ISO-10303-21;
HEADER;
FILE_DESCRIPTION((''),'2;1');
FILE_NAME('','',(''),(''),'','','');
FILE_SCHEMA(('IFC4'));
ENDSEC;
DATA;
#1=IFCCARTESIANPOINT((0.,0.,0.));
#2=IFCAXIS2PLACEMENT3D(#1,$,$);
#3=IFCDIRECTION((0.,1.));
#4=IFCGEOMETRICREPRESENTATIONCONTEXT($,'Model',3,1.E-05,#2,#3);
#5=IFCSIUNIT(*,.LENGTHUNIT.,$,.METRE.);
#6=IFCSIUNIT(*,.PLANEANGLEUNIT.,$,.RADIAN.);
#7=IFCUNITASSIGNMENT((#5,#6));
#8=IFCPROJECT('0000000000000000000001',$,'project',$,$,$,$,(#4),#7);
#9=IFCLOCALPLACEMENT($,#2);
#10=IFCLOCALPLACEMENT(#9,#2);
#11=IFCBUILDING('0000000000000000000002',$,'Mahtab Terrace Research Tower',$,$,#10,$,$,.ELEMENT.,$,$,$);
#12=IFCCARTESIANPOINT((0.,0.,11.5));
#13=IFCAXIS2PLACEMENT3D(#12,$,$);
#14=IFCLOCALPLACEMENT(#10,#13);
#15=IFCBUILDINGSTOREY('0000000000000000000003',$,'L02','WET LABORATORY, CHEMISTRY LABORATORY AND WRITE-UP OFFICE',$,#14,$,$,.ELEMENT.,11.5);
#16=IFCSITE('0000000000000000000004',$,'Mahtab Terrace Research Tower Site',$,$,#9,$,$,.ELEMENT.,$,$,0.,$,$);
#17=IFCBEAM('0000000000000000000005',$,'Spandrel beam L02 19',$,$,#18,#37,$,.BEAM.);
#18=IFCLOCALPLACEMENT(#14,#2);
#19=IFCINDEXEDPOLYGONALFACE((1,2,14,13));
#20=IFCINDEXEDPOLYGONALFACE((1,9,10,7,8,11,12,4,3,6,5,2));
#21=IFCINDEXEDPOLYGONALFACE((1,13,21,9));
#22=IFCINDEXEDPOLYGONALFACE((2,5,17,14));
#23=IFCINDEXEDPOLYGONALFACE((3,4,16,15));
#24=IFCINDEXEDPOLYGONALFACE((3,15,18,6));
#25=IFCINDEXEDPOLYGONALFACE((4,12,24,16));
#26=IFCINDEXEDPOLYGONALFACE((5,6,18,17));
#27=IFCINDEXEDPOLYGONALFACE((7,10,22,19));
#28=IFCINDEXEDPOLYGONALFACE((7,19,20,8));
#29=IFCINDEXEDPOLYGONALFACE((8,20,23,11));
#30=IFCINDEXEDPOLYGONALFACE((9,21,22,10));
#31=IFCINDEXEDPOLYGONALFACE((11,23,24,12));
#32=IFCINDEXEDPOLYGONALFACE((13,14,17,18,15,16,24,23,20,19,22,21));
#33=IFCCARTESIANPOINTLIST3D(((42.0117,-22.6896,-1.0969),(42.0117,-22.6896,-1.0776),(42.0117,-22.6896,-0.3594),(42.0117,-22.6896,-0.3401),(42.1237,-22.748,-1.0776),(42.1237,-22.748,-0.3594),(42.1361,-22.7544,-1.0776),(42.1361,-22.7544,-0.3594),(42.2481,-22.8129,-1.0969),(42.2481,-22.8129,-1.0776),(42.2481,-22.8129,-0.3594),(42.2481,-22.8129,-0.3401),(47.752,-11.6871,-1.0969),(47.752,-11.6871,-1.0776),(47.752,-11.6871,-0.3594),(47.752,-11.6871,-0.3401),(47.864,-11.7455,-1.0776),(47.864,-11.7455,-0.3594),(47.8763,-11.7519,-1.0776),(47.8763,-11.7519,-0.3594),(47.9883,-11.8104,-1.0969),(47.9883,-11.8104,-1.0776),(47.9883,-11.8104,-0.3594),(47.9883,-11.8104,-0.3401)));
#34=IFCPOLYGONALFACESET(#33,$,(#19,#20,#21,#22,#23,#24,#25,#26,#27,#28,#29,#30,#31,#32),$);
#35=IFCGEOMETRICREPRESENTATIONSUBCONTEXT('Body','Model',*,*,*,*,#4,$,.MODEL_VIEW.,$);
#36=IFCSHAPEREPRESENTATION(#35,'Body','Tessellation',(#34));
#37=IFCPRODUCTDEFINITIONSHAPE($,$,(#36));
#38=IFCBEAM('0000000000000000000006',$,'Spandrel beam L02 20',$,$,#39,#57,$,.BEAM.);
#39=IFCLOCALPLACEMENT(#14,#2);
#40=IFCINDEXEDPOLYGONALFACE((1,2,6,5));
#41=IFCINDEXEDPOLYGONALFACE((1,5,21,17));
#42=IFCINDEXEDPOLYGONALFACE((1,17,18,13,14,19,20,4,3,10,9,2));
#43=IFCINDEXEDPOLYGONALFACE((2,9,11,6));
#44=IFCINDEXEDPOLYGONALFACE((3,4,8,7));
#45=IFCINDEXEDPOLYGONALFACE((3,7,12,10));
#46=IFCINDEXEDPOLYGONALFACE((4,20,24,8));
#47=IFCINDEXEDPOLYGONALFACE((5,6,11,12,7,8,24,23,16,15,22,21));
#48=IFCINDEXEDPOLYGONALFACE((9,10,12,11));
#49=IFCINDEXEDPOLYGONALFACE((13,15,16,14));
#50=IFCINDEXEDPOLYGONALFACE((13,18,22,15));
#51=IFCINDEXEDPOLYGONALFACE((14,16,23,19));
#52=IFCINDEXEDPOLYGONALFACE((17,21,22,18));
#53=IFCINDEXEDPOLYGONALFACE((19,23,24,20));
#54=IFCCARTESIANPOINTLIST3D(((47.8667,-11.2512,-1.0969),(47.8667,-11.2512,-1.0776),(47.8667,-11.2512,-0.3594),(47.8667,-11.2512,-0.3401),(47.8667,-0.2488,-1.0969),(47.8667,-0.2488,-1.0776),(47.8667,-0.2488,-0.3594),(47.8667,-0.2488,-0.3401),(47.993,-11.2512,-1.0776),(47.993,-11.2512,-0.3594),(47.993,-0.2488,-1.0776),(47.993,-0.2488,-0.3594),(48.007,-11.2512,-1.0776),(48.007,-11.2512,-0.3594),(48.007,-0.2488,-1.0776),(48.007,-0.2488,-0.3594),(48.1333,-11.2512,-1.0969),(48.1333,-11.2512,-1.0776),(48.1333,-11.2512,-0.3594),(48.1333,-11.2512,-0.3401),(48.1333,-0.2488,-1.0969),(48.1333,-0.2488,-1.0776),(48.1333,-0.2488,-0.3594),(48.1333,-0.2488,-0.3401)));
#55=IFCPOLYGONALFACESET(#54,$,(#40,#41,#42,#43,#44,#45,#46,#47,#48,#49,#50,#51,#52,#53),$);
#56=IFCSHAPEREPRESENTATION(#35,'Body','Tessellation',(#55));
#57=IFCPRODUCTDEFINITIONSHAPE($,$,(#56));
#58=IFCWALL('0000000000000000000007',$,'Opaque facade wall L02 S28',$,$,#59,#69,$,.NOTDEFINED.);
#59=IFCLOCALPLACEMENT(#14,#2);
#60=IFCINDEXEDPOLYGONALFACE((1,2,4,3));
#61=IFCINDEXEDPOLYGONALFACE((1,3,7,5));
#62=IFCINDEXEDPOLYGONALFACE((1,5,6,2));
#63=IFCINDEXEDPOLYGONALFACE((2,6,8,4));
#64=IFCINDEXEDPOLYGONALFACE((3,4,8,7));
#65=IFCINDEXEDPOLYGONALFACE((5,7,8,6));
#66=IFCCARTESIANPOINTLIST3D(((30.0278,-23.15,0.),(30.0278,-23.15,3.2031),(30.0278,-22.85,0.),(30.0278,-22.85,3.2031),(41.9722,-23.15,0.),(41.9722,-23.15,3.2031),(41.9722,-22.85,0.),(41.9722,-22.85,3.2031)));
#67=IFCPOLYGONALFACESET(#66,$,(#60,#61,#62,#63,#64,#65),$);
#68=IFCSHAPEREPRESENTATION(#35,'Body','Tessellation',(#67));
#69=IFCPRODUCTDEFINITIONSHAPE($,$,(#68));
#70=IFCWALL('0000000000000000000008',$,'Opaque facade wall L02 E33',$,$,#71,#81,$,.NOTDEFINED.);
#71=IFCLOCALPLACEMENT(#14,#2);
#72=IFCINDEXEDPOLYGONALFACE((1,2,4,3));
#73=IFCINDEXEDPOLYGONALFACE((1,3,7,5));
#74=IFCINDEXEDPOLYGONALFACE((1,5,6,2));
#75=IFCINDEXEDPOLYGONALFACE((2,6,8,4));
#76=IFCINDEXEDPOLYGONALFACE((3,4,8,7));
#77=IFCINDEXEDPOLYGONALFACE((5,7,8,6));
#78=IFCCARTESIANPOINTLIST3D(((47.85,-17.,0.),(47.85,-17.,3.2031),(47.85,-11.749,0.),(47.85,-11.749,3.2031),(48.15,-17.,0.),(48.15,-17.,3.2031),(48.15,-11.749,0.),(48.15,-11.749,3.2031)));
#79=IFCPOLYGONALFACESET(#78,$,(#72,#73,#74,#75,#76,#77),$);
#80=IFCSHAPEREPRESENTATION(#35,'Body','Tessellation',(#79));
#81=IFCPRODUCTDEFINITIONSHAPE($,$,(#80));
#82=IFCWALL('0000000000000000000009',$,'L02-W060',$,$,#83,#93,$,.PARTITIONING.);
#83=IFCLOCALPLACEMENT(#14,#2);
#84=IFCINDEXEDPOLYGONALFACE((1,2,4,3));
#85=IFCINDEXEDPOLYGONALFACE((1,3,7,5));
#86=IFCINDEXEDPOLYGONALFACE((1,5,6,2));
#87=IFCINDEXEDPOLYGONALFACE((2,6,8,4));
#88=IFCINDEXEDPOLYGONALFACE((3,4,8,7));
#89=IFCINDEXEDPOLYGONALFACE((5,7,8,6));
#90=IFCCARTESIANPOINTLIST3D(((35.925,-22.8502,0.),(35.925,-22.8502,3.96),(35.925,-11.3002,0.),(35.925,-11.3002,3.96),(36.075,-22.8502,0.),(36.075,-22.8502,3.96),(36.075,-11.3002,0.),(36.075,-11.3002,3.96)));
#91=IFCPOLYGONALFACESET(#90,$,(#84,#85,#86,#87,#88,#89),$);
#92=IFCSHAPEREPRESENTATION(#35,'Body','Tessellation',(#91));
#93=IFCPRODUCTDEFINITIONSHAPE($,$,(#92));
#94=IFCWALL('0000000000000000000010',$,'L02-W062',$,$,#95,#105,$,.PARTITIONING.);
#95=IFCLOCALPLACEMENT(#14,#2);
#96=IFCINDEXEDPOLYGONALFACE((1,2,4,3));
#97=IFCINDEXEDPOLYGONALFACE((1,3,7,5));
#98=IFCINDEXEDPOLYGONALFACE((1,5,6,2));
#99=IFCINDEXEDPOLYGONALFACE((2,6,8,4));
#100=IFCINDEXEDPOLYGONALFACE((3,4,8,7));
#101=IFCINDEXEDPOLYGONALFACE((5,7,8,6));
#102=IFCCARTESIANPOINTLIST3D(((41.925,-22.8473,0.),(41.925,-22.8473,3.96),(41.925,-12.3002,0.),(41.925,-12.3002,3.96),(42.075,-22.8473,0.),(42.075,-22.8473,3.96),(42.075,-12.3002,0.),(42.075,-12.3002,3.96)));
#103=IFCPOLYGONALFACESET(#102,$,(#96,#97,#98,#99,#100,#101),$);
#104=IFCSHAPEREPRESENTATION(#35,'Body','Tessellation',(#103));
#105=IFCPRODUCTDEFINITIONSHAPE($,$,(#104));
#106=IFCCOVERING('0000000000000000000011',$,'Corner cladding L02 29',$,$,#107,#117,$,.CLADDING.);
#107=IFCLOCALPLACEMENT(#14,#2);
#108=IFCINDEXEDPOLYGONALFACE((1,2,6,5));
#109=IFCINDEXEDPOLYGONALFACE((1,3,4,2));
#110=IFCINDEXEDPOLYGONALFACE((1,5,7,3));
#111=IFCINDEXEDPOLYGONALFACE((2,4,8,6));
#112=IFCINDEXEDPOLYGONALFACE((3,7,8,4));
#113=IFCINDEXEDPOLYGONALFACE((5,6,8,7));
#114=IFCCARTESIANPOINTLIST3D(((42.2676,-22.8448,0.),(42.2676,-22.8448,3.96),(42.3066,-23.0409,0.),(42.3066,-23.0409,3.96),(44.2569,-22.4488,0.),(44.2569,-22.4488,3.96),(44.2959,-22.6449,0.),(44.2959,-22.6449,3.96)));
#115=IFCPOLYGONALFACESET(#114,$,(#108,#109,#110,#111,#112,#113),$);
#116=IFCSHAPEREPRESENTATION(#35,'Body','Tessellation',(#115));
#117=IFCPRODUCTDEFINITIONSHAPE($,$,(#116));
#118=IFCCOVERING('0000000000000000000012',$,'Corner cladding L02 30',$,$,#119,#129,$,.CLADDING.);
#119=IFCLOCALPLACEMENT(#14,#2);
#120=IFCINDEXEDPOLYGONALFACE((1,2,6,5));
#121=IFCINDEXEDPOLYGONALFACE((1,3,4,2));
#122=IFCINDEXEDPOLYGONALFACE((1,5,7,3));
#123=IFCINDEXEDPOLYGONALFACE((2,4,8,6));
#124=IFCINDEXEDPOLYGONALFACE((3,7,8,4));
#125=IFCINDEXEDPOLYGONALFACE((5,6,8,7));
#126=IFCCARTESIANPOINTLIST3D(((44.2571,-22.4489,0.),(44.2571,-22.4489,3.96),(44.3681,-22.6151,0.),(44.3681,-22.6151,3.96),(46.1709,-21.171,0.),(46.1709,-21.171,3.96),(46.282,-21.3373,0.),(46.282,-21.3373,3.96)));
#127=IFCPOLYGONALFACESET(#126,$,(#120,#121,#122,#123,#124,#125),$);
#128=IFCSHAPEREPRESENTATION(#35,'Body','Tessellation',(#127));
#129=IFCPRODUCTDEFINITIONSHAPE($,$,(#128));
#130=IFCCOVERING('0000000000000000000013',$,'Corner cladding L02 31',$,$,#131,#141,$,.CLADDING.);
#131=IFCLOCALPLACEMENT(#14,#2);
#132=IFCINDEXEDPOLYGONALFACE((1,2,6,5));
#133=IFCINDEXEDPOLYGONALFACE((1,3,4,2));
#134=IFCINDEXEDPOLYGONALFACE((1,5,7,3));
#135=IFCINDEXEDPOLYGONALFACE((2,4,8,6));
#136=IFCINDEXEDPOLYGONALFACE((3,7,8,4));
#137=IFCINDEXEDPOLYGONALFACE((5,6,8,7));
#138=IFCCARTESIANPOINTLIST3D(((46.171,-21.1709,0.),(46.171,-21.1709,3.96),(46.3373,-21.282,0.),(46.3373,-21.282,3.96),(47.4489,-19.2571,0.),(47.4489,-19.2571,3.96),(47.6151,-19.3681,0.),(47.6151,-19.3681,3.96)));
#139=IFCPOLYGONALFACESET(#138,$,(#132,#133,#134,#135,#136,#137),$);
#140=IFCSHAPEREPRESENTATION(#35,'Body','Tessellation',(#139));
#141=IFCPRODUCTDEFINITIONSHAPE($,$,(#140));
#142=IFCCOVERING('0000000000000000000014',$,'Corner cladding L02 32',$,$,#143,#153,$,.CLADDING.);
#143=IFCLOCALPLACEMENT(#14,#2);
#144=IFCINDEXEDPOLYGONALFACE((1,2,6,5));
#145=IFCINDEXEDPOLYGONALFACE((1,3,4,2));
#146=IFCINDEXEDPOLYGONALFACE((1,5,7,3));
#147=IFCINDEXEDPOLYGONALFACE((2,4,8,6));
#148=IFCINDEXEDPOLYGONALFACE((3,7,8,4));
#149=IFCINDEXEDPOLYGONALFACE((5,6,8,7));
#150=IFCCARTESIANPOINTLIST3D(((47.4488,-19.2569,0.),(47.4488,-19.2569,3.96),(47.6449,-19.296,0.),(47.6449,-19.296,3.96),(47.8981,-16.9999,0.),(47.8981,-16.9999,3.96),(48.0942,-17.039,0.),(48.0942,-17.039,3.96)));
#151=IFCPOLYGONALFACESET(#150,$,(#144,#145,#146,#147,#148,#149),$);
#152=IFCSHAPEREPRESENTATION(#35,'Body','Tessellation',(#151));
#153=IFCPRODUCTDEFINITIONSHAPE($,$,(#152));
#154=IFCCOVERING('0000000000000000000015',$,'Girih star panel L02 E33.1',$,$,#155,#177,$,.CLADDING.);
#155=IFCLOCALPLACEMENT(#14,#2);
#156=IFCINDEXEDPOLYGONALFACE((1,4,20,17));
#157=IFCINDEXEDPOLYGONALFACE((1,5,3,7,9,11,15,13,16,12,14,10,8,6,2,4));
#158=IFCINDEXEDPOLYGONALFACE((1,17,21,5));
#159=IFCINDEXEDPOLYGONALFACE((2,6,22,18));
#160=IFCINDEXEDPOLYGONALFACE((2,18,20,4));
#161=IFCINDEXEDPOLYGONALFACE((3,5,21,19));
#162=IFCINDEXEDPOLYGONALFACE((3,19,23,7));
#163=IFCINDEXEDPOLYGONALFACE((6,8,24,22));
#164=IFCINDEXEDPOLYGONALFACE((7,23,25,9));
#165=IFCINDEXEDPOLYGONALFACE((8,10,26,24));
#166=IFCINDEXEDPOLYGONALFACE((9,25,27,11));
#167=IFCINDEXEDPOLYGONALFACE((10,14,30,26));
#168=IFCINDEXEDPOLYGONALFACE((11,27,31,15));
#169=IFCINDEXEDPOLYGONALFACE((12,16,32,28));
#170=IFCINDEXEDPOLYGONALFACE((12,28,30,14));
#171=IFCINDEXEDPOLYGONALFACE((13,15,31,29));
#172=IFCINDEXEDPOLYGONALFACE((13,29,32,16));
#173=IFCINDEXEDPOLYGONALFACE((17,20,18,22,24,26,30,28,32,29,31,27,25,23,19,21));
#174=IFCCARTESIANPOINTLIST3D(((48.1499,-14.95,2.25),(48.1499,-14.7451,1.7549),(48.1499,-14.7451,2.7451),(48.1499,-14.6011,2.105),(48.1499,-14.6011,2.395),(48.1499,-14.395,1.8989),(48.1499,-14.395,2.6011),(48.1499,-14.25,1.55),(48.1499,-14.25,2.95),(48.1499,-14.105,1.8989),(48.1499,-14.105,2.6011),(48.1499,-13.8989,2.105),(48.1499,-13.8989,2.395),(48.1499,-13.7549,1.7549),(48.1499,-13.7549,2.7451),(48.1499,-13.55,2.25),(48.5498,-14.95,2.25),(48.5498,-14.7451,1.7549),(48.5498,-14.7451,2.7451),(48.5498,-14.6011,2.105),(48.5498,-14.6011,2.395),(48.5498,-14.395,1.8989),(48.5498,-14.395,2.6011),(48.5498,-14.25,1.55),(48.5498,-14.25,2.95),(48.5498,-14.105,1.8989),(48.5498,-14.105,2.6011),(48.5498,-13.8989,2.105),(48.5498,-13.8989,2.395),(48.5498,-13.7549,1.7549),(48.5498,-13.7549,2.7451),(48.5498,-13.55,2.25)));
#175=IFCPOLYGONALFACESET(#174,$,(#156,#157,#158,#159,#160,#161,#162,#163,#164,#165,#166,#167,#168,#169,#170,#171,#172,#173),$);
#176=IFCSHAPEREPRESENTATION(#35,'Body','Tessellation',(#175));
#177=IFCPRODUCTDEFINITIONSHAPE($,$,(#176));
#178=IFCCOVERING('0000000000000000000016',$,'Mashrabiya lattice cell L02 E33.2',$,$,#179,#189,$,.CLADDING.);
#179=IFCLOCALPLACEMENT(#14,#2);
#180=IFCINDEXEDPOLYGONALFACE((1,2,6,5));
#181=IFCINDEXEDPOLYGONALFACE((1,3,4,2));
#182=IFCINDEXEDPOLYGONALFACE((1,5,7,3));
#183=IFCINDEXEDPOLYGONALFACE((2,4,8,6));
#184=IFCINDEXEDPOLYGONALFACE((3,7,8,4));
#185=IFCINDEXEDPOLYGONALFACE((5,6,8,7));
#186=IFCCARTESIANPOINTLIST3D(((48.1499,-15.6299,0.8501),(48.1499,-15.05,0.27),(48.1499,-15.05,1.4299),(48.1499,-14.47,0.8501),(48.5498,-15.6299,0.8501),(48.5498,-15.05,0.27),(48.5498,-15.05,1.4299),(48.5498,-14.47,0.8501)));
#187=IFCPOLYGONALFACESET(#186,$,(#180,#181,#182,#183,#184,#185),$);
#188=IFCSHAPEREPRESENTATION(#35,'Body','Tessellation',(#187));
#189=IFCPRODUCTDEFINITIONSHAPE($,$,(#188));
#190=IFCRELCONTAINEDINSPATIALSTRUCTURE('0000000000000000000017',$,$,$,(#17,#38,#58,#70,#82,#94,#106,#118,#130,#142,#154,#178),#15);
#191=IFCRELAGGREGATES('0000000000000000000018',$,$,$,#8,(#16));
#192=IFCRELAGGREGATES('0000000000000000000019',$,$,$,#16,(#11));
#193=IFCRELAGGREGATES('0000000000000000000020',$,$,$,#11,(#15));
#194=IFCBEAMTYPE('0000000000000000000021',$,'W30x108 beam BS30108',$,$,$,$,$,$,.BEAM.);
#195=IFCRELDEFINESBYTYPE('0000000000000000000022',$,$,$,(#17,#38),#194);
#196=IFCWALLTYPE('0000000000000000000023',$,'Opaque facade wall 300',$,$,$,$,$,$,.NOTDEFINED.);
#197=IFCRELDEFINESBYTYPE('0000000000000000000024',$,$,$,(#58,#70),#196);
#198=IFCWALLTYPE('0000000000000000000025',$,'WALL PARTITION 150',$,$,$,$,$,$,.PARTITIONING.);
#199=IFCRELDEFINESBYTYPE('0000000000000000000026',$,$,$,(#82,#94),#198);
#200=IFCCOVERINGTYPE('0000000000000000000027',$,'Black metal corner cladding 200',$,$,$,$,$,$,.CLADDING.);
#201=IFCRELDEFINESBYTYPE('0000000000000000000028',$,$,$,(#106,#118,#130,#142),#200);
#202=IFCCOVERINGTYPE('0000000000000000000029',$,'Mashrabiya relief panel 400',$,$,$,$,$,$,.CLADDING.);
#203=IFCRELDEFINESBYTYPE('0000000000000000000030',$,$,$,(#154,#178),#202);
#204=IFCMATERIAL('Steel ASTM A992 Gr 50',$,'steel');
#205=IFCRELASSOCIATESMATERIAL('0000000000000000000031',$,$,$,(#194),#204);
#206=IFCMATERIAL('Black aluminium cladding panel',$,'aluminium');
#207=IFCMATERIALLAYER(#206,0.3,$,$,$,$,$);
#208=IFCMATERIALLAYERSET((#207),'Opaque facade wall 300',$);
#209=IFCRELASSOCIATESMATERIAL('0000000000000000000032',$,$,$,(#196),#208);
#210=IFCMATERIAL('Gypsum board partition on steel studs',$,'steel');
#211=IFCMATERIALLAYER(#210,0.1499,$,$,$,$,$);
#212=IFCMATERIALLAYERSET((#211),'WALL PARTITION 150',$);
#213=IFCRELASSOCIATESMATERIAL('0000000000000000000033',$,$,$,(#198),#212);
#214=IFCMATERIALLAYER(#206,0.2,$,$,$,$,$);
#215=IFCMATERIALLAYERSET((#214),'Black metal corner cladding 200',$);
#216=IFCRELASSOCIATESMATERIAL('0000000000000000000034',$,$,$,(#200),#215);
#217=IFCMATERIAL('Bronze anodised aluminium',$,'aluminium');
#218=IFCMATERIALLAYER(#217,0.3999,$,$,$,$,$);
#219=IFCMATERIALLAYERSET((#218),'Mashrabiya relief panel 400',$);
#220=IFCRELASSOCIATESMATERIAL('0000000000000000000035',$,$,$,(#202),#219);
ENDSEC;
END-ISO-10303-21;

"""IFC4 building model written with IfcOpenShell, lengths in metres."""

from ifc_helpers import new_model, si_unit, direction, frame, frame_2d, origin, origin_2d, place, context, subcontext, project, spatial, polyline, rectangle, i_section, outline, extrude, material, layer, layer_set, material_profile, profile_set, type_object, element, save


model = new_model("IFC4")

# Units and contexts
model_context = context("Model", 3, precision=1e-05, world=origin(), true_north=direction((0.0, 1.0)))
body_context = subcontext(model_context, "Body", "Model", "MODEL_VIEW")
ifc_project = project(units=[si_unit("LENGTHUNIT", "METRE"), si_unit("PLANEANGLEUNIT", "RADIAN")], contexts=[model_context])

# Site, building, storey
site_placement = place(None, origin())
site = spatial("IfcSite", under=ifc_project, at=site_placement, Name="Mahtab Terrace Research Tower Site", CompositionType="ELEMENT", RefElevation=0.0)
building_placement = place(site_placement, origin())
building = spatial("IfcBuilding", under=site, at=building_placement, Name="Mahtab Terrace Research Tower", CompositionType="ELEMENT")
storey_placement = place(building_placement, frame((0.0, 0.0, 11.5)))
storey = spatial("IfcBuildingStorey", under=building, at=storey_placement, Name="L02", Description="WET LABORATORY, CHEMISTRY LABORATORY AND WRITE-UP OFFICE", CompositionType="ELEMENT", Elevation=11.5)

# Shared definitions
ifc_material_1 = material(Name="Steel ASTM A992 Gr 50", Category="steel")

# Beams
ifc_material_profile_1 = material_profile(ifc_material_1, i_section(OverallWidth=0.2666, OverallDepth=0.7568, WebThickness=0.0139, FlangeThickness=0.0193, at=origin_2d()), Name="W30X108")
ifc_profile_set_1 = profile_set([ifc_material_profile_1], Name="Steel ASTM A992 Gr 50")
beam_type = type_object("IfcBeamType", Name="W30x108 beam BS30108", PredefinedType="BEAM", material=ifc_profile_set_1)
beam_1_placement = place(storey_placement, frame((42.1299, -22.7512, -0.7185), z_axis=(0.462555, 0.88659, 0.0), x_axis=(-0.88659, 0.462555, 0.0)))
element("IfcBeam", 1, at=beam_1_placement, inside=storey, type_object=beam_type, Name="Spandrel beam L02 19", PredefinedType="BEAM", context=body_context, shape_type="SweptSolid", body=[
    extrude(i_section(OverallWidth=0.2666, OverallDepth=0.7568, WebThickness=0.0139, FlangeThickness=0.0193, at=origin_2d()), origin(), (0.0, 0.0, 1.0), 12.4099),
])
beam_2_placement = place(storey_placement, frame((48.0, -11.2512, -0.7185), z_axis=(0.0, 1.0, 0.0), x_axis=(-1.0, 0.0, 0.0)))
element("IfcBeam", 2, at=beam_2_placement, inside=storey, type_object=beam_type, Name="Spandrel beam L02 20", PredefinedType="BEAM", context=body_context, shape_type="SweptSolid", body=[
    extrude(i_section(OverallWidth=0.2666, OverallDepth=0.7568, WebThickness=0.0139, FlangeThickness=0.0193, at=origin_2d()), origin(), (0.0, 0.0, 1.0), 11.0024),
])

# Walls
ifc_material_2 = material(Name="Black aluminium cladding panel", Category="aluminium")
ifc_layer_1 = layer(ifc_material_2, 0.3)
ifc_layer_set_1 = layer_set([ifc_layer_1], Name="Opaque facade wall 300")
wall_type_1 = type_object("IfcWallType", Name="Opaque facade wall 300", PredefinedType="NOTDEFINED", material=ifc_layer_set_1)
wall_1_placement = place(storey_placement, frame((30.0278, -23.0, 0.0), z_axis=(0.0, 0.0, 1.0), x_axis=(1.0, 0.0, 0.0)))
element("IfcWall", 3, at=wall_1_placement, inside=storey, type_object=wall_type_1, Name="Opaque facade wall L02 S28", PredefinedType="NOTDEFINED", context=body_context, shape_type="SweptSolid", body=[
    extrude(rectangle(XDim=11.9443, YDim=0.3, at=frame_2d((5.9722, 0.0))), origin(), (0.0, 0.0, 1.0), 3.2031),
])
wall_2_placement = place(storey_placement, frame((48.0, -17.0, 0.0), z_axis=(0.0, 0.0, 1.0), x_axis=(0.0, 1.0, 0.0)))
element("IfcWall", 4, at=wall_2_placement, inside=storey, type_object=wall_type_1, Name="Opaque facade wall L02 E33", PredefinedType="NOTDEFINED", context=body_context, shape_type="SweptSolid", body=[
    extrude(rectangle(XDim=5.251, YDim=0.3, at=frame_2d((2.6255, 0.0))), origin(), (0.0, 0.0, 1.0), 3.2031),
])
ifc_material_3 = material(Name="Gypsum board partition on steel studs", Category="steel")
ifc_layer_2 = layer(ifc_material_3, 0.1499)
ifc_layer_set_2 = layer_set([ifc_layer_2], Name="WALL PARTITION 150")
wall_type_2 = type_object("IfcWallType", Name="WALL PARTITION 150", PredefinedType="PARTITIONING", material=ifc_layer_set_2)
wall_3_placement = place(storey_placement, frame((36.0, -22.8501, 0.0), z_axis=(0.0, 0.0, 1.0), x_axis=(0.0, 1.0, 0.0)))
element("IfcWall", 5, at=wall_3_placement, inside=storey, type_object=wall_type_2, Name="L02-W060", PredefinedType="PARTITIONING", context=body_context, shape_type="SweptSolid", body=[
    extrude(rectangle(XDim=11.55, YDim=0.1499, at=frame_2d((5.7749, 0.0))), origin(), (0.0, 0.0, 1.0), 3.96),
])
wall_4_placement = place(storey_placement, frame((42.0, -22.8472, 0.0), z_axis=(0.0, 0.0, 1.0), x_axis=(0.0, 1.0, 0.0)))
element("IfcWall", 6, at=wall_4_placement, inside=storey, type_object=wall_type_2, Name="L02-W062", PredefinedType="PARTITIONING", context=body_context, shape_type="SweptSolid", body=[
    extrude(rectangle(XDim=10.5471, YDim=0.1499, at=frame_2d((5.2734, 0.0))), origin(), (0.0, 0.0, 1.0), 3.96),
])

# Coverings
ifc_layer_3 = layer(ifc_material_2, 0.2)
ifc_layer_set_3 = layer_set([ifc_layer_3], Name="Black metal corner cladding 200")
covering_type_1 = type_object("IfcCoveringType", Name="Black metal corner cladding 200", PredefinedType="CLADDING", material=ifc_layer_set_3)
covering_1_placement = place(storey_placement, frame((43.2817, -22.7449, 0.0), z_axis=(0.0, 0.0, 1.0), x_axis=(0.980761, 0.195212, 0.0)))
element("IfcCovering", 7, at=covering_1_placement, inside=storey, type_object=covering_type_1, Name="Corner cladding L02 29", PredefinedType="CLADDING", context=body_context, shape_type="SweptSolid", body=[
    extrude(rectangle(XDim=2.0283, YDim=0.2, at=origin_2d()), origin(), (0.0, 0.0, 1.0), 3.96),
])
for number, where, z_axis, x_axis, name in (
    (8, (45.2695, -21.8931, 0.0), (0.0, 0.0, 1.0), (0.831656, 0.555291, 0.0), "Corner cladding L02 30"),
    (9, (46.8931, -20.2695, 0.0), (0.0, 0.0, 1.0), (0.555291, 0.831656, 0.0), "Corner cladding L02 31"),
    (10, (47.7715, -18.1479, 0.0), (0.0, 0.0, 1.0), (0.195212, 0.980761, 0.0), "Corner cladding L02 32"),
):
    element("IfcCovering", number, at=place(storey_placement, frame(where, z_axis=z_axis, x_axis=x_axis)), inside=storey, type_object=covering_type_1, Name=name, PredefinedType="CLADDING", context=body_context, shape_type="SweptSolid", body=[
        extrude(rectangle(XDim=2.3013, YDim=0.2, at=origin_2d()), origin(), (0.0, 0.0, 1.0), 3.96),
    ])
ifc_material_4 = material(Name="Bronze anodised aluminium", Category="aluminium")
ifc_layer_4 = layer(ifc_material_4, 0.3999)
ifc_layer_set_4 = layer_set([ifc_layer_4], Name="Mashrabiya relief panel 400")
covering_type_2 = type_object("IfcCoveringType", Name="Mashrabiya relief panel 400", PredefinedType="CLADDING", material=ifc_layer_set_4)
covering_2_placement = place(storey_placement, frame((48.1499, -14.105, 2.6011), z_axis=(-1.0, 0.0, 0.0), x_axis=(0.0, 0.924785, 0.38049)))
element("IfcCovering", 11, at=covering_2_placement, inside=storey, type_object=covering_type_2, Name="Girih star panel L02 E33.1", PredefinedType="CLADDING", context=body_context, shape_type="SweptSolid", body=[
    extrude(outline(polyline([(0.0, 0.0), (0.3786, 0.0), (0.1122, 0.269), (0.3796, 0.5358), (0.0018, 0.5372), (0.0018, 0.9158), (-0.2672, 0.6493), (-0.534, 0.9168), (-0.5354, 0.539), (-0.914, 0.539), (-0.6475, 0.27), (-0.915, 0.0032), (-0.5372, 0.0018), (-0.5372, -0.3768), (-0.2682, -0.1104), (-0.0014, -0.3778), (0.0, 0.0)])), origin(), (0.0, 0.0, -1.0), 0.3999),
])
covering_3_placement = place(storey_placement, frame((48.1499, -15.05, 1.4299), z_axis=(-1.0, 0.0, 0.0), x_axis=(0.0, 0.707256, -0.706958)))
element("IfcCovering", 12, at=covering_3_placement, inside=storey, type_object=covering_type_2, Name="Mashrabiya lattice cell L02 E33.2", PredefinedType="CLADDING", context=body_context, shape_type="SweptSolid", body=[
    extrude(outline(polyline([(0.0, 0.0), (0.8202, 0.0), (0.82, 0.8204), (-0.0002, 0.82), (0.0, 0.0)])), origin(), (0.0, 0.0, -1.0), 0.3999),
])

save(model, "model.ifc")
